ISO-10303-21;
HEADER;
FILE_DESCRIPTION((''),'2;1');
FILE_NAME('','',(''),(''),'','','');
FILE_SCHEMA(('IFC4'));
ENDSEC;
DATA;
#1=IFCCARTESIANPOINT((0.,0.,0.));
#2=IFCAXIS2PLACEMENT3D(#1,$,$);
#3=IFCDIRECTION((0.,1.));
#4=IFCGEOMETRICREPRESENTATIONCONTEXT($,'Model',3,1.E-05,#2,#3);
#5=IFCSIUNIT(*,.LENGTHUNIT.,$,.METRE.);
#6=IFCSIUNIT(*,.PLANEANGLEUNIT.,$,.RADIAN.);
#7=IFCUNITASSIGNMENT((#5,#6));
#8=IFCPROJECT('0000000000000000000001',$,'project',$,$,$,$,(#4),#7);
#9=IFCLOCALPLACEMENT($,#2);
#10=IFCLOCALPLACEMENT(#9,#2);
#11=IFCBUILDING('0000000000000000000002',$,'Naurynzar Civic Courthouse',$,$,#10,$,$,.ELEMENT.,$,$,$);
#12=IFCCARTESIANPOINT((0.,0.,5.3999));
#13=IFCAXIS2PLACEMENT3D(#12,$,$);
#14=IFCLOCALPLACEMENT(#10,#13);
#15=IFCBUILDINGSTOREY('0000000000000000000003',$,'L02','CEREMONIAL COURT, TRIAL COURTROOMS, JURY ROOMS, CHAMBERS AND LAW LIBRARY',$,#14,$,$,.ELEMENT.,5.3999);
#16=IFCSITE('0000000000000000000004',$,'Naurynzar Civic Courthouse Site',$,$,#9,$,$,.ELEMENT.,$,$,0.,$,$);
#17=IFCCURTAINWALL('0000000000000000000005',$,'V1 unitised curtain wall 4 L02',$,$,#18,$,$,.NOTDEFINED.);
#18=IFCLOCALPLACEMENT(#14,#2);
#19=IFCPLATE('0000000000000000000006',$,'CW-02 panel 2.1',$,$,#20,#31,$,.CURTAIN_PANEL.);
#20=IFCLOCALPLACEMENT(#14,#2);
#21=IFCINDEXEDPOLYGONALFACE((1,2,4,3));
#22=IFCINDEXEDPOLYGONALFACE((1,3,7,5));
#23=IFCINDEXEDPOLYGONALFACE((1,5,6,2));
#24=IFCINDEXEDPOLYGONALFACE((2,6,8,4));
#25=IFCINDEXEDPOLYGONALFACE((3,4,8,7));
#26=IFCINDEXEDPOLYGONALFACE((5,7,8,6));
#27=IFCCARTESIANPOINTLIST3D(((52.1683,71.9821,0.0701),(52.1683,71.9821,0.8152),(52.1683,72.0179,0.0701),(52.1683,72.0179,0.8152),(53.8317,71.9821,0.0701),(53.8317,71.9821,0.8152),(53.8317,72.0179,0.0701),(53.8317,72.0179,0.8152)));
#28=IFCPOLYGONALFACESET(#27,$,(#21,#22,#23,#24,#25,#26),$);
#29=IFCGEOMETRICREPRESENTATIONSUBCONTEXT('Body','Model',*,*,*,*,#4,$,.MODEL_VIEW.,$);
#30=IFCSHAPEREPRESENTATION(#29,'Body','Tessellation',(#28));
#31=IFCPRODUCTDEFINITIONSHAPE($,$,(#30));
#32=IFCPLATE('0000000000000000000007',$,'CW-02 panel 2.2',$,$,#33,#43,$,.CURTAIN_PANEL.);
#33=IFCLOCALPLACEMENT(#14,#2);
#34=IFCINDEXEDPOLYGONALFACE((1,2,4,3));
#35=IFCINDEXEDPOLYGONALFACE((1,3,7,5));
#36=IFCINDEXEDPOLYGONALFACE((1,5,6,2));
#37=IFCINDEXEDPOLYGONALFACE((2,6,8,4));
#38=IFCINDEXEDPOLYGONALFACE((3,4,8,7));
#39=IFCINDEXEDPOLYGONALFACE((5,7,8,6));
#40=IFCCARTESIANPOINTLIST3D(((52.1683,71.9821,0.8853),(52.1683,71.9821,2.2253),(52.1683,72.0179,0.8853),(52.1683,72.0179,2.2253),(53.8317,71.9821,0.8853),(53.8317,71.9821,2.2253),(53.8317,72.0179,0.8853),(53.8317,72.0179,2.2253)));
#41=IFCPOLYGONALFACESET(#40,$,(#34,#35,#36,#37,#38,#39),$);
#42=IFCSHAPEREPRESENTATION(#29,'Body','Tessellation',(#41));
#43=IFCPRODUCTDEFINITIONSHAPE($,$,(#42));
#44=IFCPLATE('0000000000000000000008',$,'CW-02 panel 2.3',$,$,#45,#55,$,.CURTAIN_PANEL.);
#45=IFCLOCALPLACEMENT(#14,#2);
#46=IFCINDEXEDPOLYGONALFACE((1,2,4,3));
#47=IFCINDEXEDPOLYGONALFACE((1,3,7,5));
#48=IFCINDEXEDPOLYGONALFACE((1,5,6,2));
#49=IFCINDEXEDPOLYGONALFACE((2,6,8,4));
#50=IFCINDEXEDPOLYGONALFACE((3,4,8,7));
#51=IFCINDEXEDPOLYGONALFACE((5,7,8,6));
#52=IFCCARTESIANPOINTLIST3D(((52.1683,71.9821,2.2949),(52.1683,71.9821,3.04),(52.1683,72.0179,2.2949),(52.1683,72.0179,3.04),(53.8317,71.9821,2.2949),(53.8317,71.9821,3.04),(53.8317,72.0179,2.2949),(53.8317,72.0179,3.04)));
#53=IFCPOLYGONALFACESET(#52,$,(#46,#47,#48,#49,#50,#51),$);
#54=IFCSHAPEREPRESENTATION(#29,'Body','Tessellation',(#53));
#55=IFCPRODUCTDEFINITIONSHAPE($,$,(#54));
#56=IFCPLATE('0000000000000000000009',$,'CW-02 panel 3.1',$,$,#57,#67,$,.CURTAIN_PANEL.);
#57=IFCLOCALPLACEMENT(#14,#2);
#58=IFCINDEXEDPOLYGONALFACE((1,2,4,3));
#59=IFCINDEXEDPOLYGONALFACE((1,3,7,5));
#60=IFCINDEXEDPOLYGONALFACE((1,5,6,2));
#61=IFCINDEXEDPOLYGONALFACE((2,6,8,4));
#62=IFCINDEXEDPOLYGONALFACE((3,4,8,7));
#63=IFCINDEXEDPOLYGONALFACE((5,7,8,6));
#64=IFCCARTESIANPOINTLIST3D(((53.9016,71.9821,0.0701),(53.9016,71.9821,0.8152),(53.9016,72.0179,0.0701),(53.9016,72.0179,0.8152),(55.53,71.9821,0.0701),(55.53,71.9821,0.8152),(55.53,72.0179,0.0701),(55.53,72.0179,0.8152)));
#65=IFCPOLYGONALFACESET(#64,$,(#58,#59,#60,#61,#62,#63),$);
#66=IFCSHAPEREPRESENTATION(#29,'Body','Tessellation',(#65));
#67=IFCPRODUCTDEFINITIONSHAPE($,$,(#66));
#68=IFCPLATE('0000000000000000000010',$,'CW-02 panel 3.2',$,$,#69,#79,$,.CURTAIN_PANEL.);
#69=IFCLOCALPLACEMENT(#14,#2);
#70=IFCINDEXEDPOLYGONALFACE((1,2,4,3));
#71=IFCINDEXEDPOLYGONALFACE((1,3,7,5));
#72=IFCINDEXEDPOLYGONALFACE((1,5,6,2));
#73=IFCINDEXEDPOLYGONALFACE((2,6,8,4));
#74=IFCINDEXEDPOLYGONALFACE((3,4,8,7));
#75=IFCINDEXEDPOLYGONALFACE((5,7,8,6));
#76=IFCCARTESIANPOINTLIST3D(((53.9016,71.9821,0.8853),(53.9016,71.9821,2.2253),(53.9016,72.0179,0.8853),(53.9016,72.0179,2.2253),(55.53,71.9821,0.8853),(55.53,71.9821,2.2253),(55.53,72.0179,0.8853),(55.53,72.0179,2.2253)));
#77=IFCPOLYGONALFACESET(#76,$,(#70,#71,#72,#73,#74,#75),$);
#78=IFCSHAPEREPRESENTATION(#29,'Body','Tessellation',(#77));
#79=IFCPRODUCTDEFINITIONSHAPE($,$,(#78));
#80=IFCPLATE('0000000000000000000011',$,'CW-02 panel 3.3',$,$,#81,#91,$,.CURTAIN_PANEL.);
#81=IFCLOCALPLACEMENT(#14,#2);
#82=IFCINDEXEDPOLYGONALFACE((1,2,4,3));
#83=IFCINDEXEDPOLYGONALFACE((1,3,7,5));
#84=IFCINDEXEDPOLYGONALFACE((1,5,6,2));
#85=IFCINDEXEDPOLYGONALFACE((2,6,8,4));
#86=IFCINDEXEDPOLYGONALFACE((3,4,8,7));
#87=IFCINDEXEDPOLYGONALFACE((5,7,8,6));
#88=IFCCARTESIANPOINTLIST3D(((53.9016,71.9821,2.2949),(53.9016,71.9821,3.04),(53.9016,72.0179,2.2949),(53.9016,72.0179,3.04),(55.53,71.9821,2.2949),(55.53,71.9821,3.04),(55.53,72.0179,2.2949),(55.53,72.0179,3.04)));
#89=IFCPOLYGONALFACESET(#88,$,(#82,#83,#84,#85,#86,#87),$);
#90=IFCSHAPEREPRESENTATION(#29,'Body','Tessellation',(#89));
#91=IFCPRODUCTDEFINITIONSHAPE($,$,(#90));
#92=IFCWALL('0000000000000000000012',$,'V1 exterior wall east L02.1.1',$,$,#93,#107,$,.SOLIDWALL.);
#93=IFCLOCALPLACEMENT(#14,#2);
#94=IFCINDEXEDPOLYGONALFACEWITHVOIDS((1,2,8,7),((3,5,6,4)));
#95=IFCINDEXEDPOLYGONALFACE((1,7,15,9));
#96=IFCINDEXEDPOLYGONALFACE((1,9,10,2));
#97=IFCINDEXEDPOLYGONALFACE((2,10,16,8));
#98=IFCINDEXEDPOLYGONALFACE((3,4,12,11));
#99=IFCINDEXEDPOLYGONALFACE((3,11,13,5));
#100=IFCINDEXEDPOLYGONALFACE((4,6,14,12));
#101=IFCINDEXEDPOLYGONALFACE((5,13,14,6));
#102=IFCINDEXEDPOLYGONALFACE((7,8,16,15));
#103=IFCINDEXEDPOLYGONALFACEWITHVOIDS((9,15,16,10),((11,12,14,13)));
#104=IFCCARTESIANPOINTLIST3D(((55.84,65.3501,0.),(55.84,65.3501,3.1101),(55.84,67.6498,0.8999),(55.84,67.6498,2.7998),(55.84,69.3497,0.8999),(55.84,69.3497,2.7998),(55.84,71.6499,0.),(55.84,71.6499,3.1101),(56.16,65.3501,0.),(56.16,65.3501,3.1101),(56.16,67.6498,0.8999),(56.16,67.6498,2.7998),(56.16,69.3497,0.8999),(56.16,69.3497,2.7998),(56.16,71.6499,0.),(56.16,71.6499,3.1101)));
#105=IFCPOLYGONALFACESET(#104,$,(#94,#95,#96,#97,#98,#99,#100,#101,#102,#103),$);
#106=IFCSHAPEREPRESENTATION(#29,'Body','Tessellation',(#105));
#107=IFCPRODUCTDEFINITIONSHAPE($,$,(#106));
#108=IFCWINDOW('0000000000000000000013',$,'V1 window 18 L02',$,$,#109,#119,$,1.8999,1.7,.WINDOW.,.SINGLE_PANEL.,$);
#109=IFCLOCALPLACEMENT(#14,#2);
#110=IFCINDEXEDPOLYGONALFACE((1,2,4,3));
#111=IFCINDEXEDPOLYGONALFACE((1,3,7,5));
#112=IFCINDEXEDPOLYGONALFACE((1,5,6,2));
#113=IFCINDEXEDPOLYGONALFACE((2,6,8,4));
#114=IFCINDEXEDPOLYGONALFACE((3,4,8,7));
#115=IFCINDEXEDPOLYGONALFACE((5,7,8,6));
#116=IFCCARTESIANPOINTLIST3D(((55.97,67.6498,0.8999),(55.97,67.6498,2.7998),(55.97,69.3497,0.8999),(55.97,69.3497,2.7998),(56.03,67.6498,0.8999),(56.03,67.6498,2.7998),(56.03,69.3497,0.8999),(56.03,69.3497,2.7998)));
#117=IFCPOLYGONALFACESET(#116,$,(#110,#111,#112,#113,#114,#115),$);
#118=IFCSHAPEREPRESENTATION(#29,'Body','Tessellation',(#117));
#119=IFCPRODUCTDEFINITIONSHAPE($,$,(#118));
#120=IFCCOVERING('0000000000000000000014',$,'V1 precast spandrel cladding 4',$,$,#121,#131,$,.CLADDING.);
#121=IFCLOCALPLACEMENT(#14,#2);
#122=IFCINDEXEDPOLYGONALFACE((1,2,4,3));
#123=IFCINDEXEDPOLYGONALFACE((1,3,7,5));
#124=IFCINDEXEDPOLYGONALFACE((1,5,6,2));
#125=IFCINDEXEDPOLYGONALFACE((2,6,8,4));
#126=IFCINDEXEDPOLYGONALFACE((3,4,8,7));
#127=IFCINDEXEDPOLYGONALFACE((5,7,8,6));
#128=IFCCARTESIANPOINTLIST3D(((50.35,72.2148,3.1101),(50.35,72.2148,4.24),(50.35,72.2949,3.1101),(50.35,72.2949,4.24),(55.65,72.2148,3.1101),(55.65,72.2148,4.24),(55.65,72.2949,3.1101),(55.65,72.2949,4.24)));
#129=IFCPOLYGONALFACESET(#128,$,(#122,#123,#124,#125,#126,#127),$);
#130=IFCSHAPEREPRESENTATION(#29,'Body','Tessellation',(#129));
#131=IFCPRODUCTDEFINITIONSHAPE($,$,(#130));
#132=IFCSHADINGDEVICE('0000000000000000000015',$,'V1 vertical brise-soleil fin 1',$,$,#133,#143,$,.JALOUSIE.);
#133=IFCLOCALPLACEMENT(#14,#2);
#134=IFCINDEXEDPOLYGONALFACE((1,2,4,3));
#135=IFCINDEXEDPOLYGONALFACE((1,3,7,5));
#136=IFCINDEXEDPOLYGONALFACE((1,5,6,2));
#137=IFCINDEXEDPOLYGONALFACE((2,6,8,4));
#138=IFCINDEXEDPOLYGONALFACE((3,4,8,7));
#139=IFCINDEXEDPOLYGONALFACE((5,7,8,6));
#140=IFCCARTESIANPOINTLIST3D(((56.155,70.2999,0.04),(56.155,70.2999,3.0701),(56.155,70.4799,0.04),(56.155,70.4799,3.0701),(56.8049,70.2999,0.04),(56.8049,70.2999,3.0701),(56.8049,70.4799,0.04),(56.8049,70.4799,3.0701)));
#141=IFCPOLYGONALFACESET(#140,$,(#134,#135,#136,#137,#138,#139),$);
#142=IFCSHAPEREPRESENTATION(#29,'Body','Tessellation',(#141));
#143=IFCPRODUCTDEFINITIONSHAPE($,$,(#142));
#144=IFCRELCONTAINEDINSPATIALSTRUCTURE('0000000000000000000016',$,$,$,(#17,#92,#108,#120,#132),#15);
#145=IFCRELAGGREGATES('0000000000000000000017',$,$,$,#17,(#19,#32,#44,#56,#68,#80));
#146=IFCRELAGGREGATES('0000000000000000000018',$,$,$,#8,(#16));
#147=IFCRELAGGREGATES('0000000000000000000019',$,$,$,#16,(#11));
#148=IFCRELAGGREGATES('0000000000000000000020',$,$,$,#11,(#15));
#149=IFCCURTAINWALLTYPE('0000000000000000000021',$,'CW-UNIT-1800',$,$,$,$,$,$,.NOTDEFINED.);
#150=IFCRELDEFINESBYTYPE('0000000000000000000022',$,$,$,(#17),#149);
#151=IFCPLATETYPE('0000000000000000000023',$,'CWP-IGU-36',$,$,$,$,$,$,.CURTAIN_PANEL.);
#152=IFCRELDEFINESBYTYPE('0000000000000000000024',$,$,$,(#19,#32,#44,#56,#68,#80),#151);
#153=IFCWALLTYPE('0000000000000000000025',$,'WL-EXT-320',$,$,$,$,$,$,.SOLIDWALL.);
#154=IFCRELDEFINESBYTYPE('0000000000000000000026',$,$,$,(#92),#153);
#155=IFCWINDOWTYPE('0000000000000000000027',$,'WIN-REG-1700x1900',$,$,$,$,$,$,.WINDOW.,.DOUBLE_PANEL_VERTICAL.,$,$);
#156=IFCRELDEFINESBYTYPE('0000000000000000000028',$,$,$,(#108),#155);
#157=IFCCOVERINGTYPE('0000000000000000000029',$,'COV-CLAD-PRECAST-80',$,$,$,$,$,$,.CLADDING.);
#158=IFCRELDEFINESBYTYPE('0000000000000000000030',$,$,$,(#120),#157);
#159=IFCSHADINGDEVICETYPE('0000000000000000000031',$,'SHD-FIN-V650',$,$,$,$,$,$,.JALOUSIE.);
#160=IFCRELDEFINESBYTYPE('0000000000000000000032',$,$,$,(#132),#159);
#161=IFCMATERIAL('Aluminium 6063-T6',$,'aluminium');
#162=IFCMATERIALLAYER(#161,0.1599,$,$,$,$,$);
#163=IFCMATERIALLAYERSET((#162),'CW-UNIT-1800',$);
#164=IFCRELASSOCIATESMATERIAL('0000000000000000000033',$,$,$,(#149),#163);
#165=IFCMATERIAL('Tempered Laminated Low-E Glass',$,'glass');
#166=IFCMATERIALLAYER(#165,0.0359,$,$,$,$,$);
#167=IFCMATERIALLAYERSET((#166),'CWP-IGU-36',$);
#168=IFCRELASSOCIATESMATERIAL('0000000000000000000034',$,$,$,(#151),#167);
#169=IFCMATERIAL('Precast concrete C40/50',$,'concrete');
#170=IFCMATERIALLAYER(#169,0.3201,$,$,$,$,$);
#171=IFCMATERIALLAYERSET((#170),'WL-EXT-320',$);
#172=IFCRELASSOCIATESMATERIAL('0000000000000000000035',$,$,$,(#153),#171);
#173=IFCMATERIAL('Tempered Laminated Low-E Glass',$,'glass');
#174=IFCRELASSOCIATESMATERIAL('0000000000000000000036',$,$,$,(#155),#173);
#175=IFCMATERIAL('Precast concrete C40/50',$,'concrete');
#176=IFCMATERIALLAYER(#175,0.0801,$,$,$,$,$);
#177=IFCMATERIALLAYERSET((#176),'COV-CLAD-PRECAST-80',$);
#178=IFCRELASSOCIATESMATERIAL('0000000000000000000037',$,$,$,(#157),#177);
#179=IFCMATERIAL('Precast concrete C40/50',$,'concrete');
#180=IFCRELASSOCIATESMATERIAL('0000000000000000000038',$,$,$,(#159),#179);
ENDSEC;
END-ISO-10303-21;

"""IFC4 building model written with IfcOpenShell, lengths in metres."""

from ifc_helpers import new_model, si_unit, direction, frame, frame_2d, origin, origin_2d, place, context, subcontext, project, spatial, rectangle, extrude, material, layer, layer_set, type_object, element, fill, aggregate, save


model = new_model("IFC4")

# Units and contexts
model_context = context("Model", 3, precision=1e-05, world=origin(), true_north=direction((0.0, 1.0)))
body_context = subcontext(model_context, "Body", "Model", "MODEL_VIEW")
ifc_project = project(units=[si_unit("LENGTHUNIT", "METRE"), si_unit("PLANEANGLEUNIT", "RADIAN")], contexts=[model_context])

# Site, building, storey
site_placement = place(None, origin())
site = spatial("IfcSite", under=ifc_project, at=site_placement, Name="Naurynzar Civic Courthouse Site", CompositionType="ELEMENT", RefElevation=0.0)
building_placement = place(site_placement, origin())
building = spatial("IfcBuilding", under=site, at=building_placement, Name="Naurynzar Civic Courthouse", CompositionType="ELEMENT")
storey_placement = place(building_placement, frame((0.0, 0.0, 5.3999)))
storey = spatial("IfcBuildingStorey", under=building, at=storey_placement, Name="L02", Description="CEREMONIAL COURT, TRIAL COURTROOMS, JURY ROOMS, CHAMBERS AND LAW LIBRARY", CompositionType="ELEMENT", Elevation=5.3999)

# Curtain wall
ifc_material_1 = material(Name="Aluminium 6063-T6", Category="aluminium")
ifc_layer_1 = layer(ifc_material_1, 0.1599)
ifc_layer_set_1 = layer_set([ifc_layer_1], Name="CW-UNIT-1800")
curtain_wall_type_1 = type_object("IfcCurtainWallType", Name="CW-UNIT-1800", PredefinedType="NOTDEFINED", material=ifc_layer_set_1)
curtain_wall_1_placement = place(storey_placement, origin())
curtain_wall_1 = element("IfcCurtainWall", 1, at=curtain_wall_1_placement, inside=storey, type_object=curtain_wall_type_1, Name="V1 unitised curtain wall 4 L02", PredefinedType="NOTDEFINED")

# Plates
ifc_material_2 = material(Name="Tempered Laminated Low-E Glass", Category="glass")
ifc_layer_2 = layer(ifc_material_2, 0.0359)
ifc_layer_set_2 = layer_set([ifc_layer_2], Name="CWP-IGU-36")
plate_type = type_object("IfcPlateType", Name="CWP-IGU-36", PredefinedType="CURTAIN_PANEL", material=ifc_layer_set_2)
plate_1_placement = place(storey_placement, frame((53.0, 72.0, 0.0701), z_axis=(0.0, 0.0, 1.0), x_axis=(1.0, 0.0, 0.0)))
plate_1 = element("IfcPlate", 2, at=plate_1_placement, type_object=plate_type, Name="CW-02 panel 2.1", PredefinedType="CURTAIN_PANEL", context=body_context, shape_type="SweptSolid", body=[
    extrude(rectangle(XDim=1.6633, YDim=0.0359, at=origin_2d()), origin(), (0.0, 0.0, 1.0), 0.7451),
])
plate_2_placement = place(storey_placement, frame((53.0, 72.0, 0.8853), z_axis=(0.0, 0.0, 1.0), x_axis=(1.0, 0.0, 0.0)))
plate_2 = element("IfcPlate", 3, at=plate_2_placement, type_object=plate_type, Name="CW-02 panel 2.2", PredefinedType="CURTAIN_PANEL", context=body_context, shape_type="SweptSolid", body=[
    extrude(rectangle(XDim=1.6633, YDim=0.0359, at=origin_2d()), origin(), (0.0, 0.0, 1.0), 1.3401),
])
plate_3_placement = place(storey_placement, frame((53.0, 72.0, 2.2949), z_axis=(0.0, 0.0, 1.0), x_axis=(1.0, 0.0, 0.0)))
plate_3 = element("IfcPlate", 4, at=plate_3_placement, type_object=plate_type, Name="CW-02 panel 2.3", PredefinedType="CURTAIN_PANEL", context=body_context, shape_type="SweptSolid", body=[
    extrude(rectangle(XDim=1.6633, YDim=0.0359, at=origin_2d()), origin(), (0.0, 0.0, 1.0), 0.7451),
])
plate_4_placement = place(storey_placement, frame((54.7158, 72.0, 0.0701), z_axis=(0.0, 0.0, 1.0), x_axis=(1.0, 0.0, 0.0)))
plate_4 = element("IfcPlate", 5, at=plate_4_placement, type_object=plate_type, Name="CW-02 panel 3.1", PredefinedType="CURTAIN_PANEL", context=body_context, shape_type="SweptSolid", body=[
    extrude(rectangle(XDim=1.6284, YDim=0.0359, at=origin_2d()), origin(), (0.0, 0.0, 1.0), 0.7451),
])
plate_5_placement = place(storey_placement, frame((54.7158, 72.0, 0.8853), z_axis=(0.0, 0.0, 1.0), x_axis=(1.0, 0.0, 0.0)))
plate_5 = element("IfcPlate", 6, at=plate_5_placement, type_object=plate_type, Name="CW-02 panel 3.2", PredefinedType="CURTAIN_PANEL", context=body_context, shape_type="SweptSolid", body=[
    extrude(rectangle(XDim=1.6284, YDim=0.0359, at=origin_2d()), origin(), (0.0, 0.0, 1.0), 1.3401),
])
plate_6_placement = place(storey_placement, frame((54.7158, 72.0, 2.2949), z_axis=(0.0, 0.0, 1.0), x_axis=(1.0, 0.0, 0.0)))
plate_6 = element("IfcPlate", 7, at=plate_6_placement, type_object=plate_type, Name="CW-02 panel 3.3", PredefinedType="CURTAIN_PANEL", context=body_context, shape_type="SweptSolid", body=[
    extrude(rectangle(XDim=1.6284, YDim=0.0359, at=origin_2d()), origin(), (0.0, 0.0, 1.0), 0.7451),
])
aggregate(curtain_wall_1, [plate_1, plate_2, plate_3, plate_4, plate_5, plate_6])

# Wall, opening, window
ifc_material_3 = material(Name="Precast concrete C40/50", Category="concrete")
ifc_layer_3 = layer(ifc_material_3, 0.3201)
ifc_layer_set_3 = layer_set([ifc_layer_3], Name="WL-EXT-320")
wall_type = type_object("IfcWallType", Name="WL-EXT-320", PredefinedType="SOLIDWALL", material=ifc_layer_set_3)
wall_placement = place(storey_placement, frame((56.0, 71.6499, 0.0), z_axis=(0.0, 0.0, 1.0), x_axis=(0.0, -1.0, 0.0)))
wall = element("IfcWall", 8, at=wall_placement, inside=storey, type_object=wall_type, Name="V1 exterior wall east L02.1.1", PredefinedType="SOLIDWALL", context=body_context, shape_type="SweptSolid", body=[
    extrude(rectangle(XDim=6.2998, YDim=0.3201, at=frame_2d((3.1499, 0.0))), origin(), (0.0, 0.0, 1.0), 3.1101),
])
opening_placement = place(wall_placement, frame((2.3, 0.0, 0.8999)))
opening = element("IfcOpeningElement", 9, at=opening_placement, cuts=wall, PredefinedType="OPENING", context=body_context, shape_type="SweptSolid", body=[
    extrude(rectangle(XDim=1.7, YDim=1.8999, at=frame_2d((0.8501, 0.95))), frame((0.0, 0.1699, 0.0), z_axis=(0.0, -1.0, 0.0), x_axis=(1.0, 0.0, 0.0)), (0.0, 0.0, 1.0), 0.3401),
])
ifc_material_4 = material(Name="Tempered Laminated Low-E Glass", Category="glass")
window_type = type_object("IfcWindowType", Name="WIN-REG-1700x1900", PartitioningType="DOUBLE_PANEL_VERTICAL", PredefinedType="WINDOW", material=ifc_material_4)
window_placement = place(opening_placement, origin())
window = element("IfcWindow", 10, at=window_placement, inside=storey, type_object=window_type, Name="V1 window 18 L02", OverallHeight=1.8999, OverallWidth=1.7, PartitioningType="SINGLE_PANEL", PredefinedType="WINDOW", context=body_context, shape_type="SweptSolid", body=[
    extrude(rectangle(XDim=1.7, YDim=1.8999, at=frame_2d((0.8501, 0.95))), frame((0.0, 0.03, 0.0), z_axis=(0.0, -1.0, 0.0), x_axis=(1.0, 0.0, 0.0)), (0.0, 0.0, 1.0), 0.0601),
])
fill(opening, window)

# Covering
ifc_material_5 = material(Name="Precast concrete C40/50", Category="concrete")
ifc_layer_4 = layer(ifc_material_5, 0.0801)
ifc_layer_set_4 = layer_set([ifc_layer_4], Name="COV-CLAD-PRECAST-80")
covering_type = type_object("IfcCoveringType", Name="COV-CLAD-PRECAST-80", PredefinedType="CLADDING", material=ifc_layer_set_4)
covering_placement = place(storey_placement, frame((53.0, 72.2549, 3.1101), z_axis=(0.0, 0.0, 1.0), x_axis=(1.0, 0.0, 0.0)))
element("IfcCovering", 11, at=covering_placement, inside=storey, type_object=covering_type, Name="V1 precast spandrel cladding 4", PredefinedType="CLADDING", context=body_context, shape_type="SweptSolid", body=[
    extrude(rectangle(XDim=5.3, YDim=0.0801, at=origin_2d()), origin(), (0.0, 0.0, 1.0), 1.1299),
])

# Shading device
ifc_material_6 = material(Name="Precast concrete C40/50", Category="concrete")
shading_device_type = type_object("IfcShadingDeviceType", Name="SHD-FIN-V650", PredefinedType="JALOUSIE", material=ifc_material_6)
shading_device_placement = place(storey_placement, frame((56.48, 70.3899, 0.04), z_axis=(0.0, 0.0, 1.0), x_axis=(0.0, -1.0, 0.0)))
element("IfcShadingDevice", 12, at=shading_device_placement, inside=storey, type_object=shading_device_type, Name="V1 vertical brise-soleil fin 1", PredefinedType="JALOUSIE", context=body_context, shape_type="SweptSolid", body=[
    extrude(rectangle(XDim=0.1799, YDim=0.6499, at=origin_2d()), origin(), (0.0, 0.0, 1.0), 3.03),
])

save(model, "model.ifc")
